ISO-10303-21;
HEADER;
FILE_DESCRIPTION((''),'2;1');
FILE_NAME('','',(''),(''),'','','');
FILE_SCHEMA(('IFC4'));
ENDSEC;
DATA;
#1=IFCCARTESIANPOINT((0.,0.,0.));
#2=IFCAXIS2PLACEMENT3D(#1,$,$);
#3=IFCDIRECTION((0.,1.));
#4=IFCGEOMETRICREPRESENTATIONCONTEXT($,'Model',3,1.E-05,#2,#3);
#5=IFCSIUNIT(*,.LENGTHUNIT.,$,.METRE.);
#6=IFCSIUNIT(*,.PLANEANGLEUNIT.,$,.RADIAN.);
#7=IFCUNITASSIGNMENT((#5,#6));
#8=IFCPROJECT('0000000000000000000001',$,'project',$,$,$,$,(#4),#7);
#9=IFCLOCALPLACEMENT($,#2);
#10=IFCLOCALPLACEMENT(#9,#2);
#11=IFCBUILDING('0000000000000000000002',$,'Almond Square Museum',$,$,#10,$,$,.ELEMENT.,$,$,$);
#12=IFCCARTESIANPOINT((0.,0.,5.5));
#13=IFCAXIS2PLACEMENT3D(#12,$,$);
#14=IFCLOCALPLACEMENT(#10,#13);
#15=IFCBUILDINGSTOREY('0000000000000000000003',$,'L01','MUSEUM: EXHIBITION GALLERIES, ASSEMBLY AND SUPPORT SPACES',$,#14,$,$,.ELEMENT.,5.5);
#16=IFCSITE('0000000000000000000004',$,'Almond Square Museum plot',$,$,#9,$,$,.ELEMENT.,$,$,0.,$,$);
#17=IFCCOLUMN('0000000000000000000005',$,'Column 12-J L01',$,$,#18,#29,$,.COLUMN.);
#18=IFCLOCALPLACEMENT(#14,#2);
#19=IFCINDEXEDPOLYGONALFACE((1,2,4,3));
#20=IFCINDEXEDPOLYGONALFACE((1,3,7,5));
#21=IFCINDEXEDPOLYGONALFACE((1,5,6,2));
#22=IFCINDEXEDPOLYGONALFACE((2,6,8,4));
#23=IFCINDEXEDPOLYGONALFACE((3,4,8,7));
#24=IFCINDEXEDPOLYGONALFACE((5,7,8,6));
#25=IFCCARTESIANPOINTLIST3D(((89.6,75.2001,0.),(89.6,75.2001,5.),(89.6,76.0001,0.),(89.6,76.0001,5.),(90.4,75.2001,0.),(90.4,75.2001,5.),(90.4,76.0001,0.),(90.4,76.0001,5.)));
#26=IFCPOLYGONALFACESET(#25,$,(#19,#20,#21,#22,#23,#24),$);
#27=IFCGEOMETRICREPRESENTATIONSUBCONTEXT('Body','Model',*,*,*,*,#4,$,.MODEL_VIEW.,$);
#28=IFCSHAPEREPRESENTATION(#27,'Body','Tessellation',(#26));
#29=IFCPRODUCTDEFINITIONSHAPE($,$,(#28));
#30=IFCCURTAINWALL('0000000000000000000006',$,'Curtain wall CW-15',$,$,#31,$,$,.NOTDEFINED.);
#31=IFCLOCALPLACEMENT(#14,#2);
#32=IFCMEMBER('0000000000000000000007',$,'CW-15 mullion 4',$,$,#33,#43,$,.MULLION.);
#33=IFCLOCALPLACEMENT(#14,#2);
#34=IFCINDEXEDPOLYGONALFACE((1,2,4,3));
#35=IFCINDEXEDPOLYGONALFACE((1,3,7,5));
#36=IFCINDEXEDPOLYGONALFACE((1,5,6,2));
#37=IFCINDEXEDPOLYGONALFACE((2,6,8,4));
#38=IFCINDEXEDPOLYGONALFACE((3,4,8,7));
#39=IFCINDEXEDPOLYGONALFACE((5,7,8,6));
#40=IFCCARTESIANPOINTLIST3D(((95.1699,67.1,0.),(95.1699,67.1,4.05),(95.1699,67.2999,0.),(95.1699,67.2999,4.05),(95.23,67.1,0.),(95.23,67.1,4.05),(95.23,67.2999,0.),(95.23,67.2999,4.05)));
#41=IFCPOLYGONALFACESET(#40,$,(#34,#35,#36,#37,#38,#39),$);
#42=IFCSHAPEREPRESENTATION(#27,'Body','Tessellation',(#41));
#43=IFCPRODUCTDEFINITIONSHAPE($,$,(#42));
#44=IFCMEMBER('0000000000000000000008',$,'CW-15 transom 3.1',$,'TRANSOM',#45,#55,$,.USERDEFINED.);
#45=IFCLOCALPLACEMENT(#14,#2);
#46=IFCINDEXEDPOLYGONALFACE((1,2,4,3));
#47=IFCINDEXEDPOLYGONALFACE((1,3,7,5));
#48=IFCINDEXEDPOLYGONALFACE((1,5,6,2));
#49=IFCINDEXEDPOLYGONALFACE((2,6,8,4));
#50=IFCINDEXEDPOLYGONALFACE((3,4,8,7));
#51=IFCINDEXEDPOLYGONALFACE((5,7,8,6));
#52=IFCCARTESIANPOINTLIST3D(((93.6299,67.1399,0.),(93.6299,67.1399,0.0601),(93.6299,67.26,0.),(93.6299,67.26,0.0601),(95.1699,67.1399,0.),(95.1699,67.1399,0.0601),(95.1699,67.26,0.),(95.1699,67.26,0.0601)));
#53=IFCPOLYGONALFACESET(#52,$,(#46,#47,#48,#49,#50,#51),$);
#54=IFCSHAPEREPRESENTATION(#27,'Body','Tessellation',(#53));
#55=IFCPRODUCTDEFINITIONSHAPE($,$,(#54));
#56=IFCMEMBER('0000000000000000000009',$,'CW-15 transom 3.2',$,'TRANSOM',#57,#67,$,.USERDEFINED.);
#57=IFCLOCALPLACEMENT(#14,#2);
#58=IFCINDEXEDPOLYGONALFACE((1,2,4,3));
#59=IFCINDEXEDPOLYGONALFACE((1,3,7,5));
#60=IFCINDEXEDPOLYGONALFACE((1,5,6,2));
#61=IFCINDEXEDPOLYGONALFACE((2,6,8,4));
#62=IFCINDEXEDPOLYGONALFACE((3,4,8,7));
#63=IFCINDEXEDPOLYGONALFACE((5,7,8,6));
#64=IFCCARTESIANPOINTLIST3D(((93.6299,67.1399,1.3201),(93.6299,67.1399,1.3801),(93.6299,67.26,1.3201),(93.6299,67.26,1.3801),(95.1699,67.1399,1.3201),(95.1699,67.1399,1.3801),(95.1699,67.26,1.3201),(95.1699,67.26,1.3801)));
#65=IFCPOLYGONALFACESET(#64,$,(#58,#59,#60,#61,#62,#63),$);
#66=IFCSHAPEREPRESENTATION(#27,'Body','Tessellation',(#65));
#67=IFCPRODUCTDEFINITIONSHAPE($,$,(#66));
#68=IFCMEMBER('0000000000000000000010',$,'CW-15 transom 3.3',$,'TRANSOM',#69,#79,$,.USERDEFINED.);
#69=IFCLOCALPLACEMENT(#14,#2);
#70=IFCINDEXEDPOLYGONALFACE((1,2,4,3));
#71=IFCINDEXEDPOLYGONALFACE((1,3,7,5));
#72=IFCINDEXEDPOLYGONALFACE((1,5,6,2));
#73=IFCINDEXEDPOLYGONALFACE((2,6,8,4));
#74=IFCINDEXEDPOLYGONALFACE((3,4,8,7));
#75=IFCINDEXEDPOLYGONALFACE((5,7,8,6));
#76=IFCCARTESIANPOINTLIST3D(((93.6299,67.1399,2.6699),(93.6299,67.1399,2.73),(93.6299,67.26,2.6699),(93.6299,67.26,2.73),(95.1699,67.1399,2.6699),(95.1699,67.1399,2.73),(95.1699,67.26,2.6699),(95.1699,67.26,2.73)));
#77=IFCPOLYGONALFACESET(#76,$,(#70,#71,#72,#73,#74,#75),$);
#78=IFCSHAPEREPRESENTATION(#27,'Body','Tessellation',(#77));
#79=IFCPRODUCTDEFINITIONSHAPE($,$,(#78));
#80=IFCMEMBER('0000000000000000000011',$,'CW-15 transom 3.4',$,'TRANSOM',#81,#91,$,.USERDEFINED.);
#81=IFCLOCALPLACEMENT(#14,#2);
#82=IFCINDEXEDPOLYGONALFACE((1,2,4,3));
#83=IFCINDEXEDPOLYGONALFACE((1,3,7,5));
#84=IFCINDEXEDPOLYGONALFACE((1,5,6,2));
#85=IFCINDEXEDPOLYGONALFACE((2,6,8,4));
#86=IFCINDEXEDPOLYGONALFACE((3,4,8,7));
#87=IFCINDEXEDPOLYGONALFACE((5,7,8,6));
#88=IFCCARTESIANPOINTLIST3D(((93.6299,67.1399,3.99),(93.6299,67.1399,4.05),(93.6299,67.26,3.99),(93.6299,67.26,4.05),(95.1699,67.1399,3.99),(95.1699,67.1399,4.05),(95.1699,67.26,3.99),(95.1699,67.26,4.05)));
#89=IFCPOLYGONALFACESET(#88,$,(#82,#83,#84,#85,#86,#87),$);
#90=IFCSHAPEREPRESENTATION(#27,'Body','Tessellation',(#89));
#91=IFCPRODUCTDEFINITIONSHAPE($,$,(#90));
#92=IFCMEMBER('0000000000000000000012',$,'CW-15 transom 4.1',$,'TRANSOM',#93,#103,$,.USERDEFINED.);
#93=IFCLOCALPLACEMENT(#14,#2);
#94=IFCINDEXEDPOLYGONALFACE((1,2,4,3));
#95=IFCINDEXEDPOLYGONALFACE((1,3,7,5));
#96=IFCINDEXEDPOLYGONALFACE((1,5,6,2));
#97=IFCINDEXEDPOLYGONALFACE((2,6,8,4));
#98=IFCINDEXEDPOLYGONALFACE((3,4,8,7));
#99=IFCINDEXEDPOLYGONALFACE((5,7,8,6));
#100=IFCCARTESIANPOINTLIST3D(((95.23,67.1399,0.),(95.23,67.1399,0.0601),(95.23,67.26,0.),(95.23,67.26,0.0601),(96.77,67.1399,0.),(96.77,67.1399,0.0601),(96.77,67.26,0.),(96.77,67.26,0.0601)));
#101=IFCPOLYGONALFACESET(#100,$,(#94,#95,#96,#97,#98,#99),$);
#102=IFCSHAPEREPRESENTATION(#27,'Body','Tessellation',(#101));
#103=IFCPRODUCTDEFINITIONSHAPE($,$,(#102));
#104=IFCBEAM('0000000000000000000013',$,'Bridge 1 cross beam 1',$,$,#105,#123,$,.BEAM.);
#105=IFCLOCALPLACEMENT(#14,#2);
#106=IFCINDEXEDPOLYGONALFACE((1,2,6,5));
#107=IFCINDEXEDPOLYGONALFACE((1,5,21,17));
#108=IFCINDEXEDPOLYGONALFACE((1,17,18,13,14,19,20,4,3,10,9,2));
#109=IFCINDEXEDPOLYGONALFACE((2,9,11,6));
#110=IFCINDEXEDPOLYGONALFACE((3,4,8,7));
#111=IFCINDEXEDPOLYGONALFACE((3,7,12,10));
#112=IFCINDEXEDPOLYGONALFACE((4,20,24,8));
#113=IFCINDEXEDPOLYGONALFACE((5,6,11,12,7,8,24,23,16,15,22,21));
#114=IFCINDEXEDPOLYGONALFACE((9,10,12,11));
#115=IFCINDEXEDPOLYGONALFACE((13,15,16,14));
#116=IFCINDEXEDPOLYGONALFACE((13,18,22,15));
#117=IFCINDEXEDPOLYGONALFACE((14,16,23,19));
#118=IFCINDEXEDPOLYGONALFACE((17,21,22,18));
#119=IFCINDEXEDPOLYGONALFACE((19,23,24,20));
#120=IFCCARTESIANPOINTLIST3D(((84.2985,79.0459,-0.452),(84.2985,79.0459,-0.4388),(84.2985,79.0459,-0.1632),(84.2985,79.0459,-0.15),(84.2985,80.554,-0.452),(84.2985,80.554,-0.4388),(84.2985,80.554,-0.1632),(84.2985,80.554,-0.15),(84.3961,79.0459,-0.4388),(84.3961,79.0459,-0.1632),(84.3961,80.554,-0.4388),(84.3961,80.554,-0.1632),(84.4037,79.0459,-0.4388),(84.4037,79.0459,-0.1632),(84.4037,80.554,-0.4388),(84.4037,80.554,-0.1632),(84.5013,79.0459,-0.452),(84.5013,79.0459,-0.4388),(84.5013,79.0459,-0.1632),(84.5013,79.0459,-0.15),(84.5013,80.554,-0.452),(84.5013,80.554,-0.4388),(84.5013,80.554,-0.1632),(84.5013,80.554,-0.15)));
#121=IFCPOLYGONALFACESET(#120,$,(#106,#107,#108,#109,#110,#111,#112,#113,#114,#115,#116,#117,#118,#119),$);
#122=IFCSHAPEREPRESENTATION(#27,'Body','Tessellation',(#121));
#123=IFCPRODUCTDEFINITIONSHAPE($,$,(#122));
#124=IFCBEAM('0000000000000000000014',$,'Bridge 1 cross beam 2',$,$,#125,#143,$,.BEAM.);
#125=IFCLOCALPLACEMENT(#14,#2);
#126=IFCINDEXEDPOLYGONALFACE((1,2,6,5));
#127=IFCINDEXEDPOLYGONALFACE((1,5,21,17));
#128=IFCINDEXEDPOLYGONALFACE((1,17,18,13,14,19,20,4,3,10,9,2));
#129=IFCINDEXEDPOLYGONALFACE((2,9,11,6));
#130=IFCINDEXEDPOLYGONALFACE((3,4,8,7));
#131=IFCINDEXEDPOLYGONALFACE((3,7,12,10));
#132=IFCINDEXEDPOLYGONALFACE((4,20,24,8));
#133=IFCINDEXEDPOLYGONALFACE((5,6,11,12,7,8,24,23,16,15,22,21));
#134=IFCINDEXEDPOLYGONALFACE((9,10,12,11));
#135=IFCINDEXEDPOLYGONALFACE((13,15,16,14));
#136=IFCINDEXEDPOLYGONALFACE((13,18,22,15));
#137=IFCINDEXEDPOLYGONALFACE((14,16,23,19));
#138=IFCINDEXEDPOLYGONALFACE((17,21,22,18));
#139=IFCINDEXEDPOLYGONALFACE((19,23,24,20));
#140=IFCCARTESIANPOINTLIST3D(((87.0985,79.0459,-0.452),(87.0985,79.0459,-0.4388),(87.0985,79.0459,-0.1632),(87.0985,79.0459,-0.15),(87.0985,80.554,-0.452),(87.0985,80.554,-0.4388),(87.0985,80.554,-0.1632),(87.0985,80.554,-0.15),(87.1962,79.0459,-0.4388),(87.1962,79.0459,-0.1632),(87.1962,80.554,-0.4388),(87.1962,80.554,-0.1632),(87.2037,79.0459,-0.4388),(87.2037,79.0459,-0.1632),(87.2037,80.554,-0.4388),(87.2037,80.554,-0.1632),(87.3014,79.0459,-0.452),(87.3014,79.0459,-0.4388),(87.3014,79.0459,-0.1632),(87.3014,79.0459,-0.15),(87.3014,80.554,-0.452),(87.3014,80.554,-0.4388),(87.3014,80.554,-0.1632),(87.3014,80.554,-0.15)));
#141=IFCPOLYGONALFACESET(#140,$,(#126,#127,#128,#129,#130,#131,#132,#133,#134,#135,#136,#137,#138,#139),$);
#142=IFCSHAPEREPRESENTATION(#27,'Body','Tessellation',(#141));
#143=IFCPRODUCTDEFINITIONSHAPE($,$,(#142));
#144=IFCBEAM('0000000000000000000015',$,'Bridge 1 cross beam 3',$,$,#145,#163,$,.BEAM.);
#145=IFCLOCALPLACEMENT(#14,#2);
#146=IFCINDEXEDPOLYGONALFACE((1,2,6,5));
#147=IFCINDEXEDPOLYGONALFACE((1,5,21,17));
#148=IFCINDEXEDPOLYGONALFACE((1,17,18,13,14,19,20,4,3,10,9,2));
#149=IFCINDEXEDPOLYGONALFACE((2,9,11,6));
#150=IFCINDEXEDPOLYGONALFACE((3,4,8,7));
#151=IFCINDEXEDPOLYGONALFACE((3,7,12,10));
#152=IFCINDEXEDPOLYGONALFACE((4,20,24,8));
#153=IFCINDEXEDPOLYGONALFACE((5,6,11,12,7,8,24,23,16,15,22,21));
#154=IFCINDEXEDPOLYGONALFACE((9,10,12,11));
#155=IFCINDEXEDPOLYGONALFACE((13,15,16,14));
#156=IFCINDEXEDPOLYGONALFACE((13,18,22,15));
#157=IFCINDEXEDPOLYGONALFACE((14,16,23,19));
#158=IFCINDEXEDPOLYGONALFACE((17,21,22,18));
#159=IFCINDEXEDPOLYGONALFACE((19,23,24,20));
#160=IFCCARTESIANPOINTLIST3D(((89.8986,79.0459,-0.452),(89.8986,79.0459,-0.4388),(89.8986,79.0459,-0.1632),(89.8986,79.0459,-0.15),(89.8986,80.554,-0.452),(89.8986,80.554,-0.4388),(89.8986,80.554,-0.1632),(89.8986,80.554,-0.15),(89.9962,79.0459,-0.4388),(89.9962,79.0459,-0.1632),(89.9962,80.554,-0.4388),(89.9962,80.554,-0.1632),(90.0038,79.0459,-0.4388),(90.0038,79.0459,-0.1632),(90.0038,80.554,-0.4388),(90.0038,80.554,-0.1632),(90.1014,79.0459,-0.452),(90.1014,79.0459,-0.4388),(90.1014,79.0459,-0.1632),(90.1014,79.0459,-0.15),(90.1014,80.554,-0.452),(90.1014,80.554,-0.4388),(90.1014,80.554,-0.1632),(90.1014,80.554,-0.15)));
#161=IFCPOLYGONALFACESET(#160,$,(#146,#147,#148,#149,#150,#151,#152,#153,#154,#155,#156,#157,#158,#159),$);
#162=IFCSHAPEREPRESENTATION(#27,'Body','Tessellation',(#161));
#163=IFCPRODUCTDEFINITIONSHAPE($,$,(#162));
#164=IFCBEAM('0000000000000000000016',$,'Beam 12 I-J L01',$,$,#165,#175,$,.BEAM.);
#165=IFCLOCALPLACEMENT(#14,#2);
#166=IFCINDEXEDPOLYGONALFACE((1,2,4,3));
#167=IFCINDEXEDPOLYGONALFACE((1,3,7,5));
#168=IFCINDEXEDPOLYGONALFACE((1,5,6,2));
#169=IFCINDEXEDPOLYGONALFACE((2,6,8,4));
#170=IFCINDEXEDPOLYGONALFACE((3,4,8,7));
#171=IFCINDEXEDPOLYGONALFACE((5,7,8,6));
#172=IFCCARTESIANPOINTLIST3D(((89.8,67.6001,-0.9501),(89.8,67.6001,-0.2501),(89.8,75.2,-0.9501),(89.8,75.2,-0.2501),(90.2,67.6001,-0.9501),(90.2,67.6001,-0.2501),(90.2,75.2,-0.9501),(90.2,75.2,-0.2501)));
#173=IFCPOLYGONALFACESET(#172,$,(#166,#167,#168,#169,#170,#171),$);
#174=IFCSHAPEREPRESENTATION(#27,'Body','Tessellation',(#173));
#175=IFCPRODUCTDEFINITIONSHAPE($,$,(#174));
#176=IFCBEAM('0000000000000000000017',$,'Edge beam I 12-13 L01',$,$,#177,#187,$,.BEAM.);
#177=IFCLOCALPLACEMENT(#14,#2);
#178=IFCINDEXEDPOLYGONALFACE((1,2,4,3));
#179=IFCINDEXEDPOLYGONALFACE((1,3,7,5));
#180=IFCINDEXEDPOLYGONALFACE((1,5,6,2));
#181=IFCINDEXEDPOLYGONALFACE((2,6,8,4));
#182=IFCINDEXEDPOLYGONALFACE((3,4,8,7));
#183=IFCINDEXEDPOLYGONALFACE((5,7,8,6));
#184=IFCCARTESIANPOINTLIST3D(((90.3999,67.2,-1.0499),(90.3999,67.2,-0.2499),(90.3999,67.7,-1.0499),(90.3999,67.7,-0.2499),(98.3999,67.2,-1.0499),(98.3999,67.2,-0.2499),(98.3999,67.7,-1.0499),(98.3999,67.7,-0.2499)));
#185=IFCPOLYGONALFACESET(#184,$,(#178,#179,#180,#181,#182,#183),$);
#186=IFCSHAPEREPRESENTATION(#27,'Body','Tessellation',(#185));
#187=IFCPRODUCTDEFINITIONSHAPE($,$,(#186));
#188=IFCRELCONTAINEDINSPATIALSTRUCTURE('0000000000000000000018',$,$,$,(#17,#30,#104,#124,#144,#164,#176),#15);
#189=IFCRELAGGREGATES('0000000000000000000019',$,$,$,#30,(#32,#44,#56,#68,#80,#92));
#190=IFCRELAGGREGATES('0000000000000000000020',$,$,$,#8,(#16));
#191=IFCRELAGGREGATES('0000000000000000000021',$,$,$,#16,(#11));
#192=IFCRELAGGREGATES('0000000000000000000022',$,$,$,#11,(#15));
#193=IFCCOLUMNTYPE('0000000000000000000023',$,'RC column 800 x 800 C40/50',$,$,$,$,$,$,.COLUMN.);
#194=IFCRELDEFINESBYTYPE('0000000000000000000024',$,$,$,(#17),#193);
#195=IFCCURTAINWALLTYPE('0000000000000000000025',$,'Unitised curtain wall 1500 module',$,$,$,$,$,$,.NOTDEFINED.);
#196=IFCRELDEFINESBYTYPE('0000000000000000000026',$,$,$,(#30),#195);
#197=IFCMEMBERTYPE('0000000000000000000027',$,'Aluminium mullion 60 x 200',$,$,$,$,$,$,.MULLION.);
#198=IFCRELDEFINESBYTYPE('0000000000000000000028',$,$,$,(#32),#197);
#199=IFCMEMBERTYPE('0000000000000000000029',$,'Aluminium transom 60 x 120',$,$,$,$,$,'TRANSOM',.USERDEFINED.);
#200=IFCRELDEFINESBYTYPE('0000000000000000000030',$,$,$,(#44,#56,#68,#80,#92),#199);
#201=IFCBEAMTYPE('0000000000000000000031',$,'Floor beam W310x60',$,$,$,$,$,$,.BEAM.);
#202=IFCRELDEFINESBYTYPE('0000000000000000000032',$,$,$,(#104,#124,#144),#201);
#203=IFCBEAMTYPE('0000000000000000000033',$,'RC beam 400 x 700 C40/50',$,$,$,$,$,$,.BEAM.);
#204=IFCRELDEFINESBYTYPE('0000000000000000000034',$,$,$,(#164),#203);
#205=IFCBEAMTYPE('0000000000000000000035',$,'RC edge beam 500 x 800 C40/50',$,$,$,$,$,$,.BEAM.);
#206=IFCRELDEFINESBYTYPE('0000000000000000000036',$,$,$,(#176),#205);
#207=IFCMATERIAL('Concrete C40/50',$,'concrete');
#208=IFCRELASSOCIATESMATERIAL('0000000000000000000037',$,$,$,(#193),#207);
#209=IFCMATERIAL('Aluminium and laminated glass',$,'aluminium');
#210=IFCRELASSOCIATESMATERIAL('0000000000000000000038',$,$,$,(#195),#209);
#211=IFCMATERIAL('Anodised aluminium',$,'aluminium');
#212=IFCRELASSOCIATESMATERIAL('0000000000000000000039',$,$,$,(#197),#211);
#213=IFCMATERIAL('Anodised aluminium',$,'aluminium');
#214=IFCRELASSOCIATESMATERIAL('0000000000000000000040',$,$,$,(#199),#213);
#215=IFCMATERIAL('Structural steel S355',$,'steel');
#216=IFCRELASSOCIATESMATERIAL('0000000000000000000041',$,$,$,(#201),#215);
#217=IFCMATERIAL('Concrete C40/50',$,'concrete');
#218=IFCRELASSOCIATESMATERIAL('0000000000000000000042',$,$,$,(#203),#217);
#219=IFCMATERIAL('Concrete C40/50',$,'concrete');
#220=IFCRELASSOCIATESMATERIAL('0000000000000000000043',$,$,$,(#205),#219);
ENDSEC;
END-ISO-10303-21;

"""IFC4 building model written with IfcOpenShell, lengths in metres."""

from ifc_helpers import new_model, si_unit, direction, frame, origin, origin_2d, place, context, subcontext, project, spatial, rectangle, i_section, extrude, material, material_profile, profile_set, type_object, element, aggregate, save


model = new_model("IFC4")

# Units and contexts
model_context = context("Model", 3, precision=1e-05, world=origin(), true_north=direction((0.0, 1.0)))
body_context = subcontext(model_context, "Body", "Model", "MODEL_VIEW")
ifc_project = project(units=[si_unit("LENGTHUNIT", "METRE"), si_unit("PLANEANGLEUNIT", "RADIAN")], contexts=[model_context])

# Site, building, storey
site_placement = place(None, origin())
site = spatial("IfcSite", under=ifc_project, at=site_placement, Name="Almond Square Museum plot", CompositionType="ELEMENT", RefElevation=0.0)
building_placement = place(site_placement, origin())
building = spatial("IfcBuilding", under=site, at=building_placement, Name="Almond Square Museum", CompositionType="ELEMENT")
storey_placement = place(building_placement, frame((0.0, 0.0, 5.5)))
storey = spatial("IfcBuildingStorey", under=building, at=storey_placement, Name="L01", Description="MUSEUM: EXHIBITION GALLERIES, ASSEMBLY AND SUPPORT SPACES", CompositionType="ELEMENT", Elevation=5.5)

# Column
ifc_material_1 = material(Name="Concrete C40/50", Category="concrete")
ifc_material_profile_1 = material_profile(ifc_material_1, rectangle(XDim=0.8, YDim=0.8, at=origin_2d()))
ifc_profile_set_1 = profile_set([ifc_material_profile_1], Name="Concrete C40/50")
column_type = type_object("IfcColumnType", Name="RC column 800 x 800 C40/50", PredefinedType="COLUMN", material=ifc_profile_set_1)
column_placement = place(storey_placement, frame((90.0, 75.6001, 0.0), z_axis=(0.0, 0.0, 1.0), x_axis=(1.0, 0.0, 0.0)))
element("IfcColumn", 1, at=column_placement, inside=storey, type_object=column_type, Name="Column 12-J L01", PredefinedType="COLUMN", context=body_context, shape_type="SweptSolid", body=[
    extrude(rectangle(XDim=0.8, YDim=0.8, at=origin_2d()), origin(), (0.0, 0.0, 1.0), 5.0),
])

# Curtain wall, members
ifc_material_2 = material(Name="Aluminium and laminated glass", Category="aluminium")
curtain_wall_type = type_object("IfcCurtainWallType", Name="Unitised curtain wall 1500 module", PredefinedType="NOTDEFINED", material=ifc_material_2)
curtain_wall_placement = place(storey_placement, origin())
curtain_wall = element("IfcCurtainWall", 2, at=curtain_wall_placement, inside=storey, type_object=curtain_wall_type, Name="Curtain wall CW-15", PredefinedType="NOTDEFINED")
ifc_material_3 = material(Name="Anodised aluminium", Category="aluminium")
ifc_material_profile_2 = material_profile(ifc_material_3, rectangle(XDim=0.2, YDim=0.0601, at=origin_2d()))
ifc_profile_set_2 = profile_set([ifc_material_profile_2], Name="Anodised aluminium")
member_type_1 = type_object("IfcMemberType", Name="Aluminium mullion 60 x 200", PredefinedType="MULLION", material=ifc_profile_set_2)
member_1_placement = place(storey_placement, frame((95.2, 67.2, 0.0), z_axis=(0.0, 0.0, 1.0), x_axis=(0.0, 1.0, 0.0)))
member_1 = element("IfcMember", 3, at=member_1_placement, type_object=member_type_1, Name="CW-15 mullion 4", PredefinedType="MULLION", context=body_context, shape_type="SweptSolid", body=[
    extrude(rectangle(XDim=0.2, YDim=0.0601, at=origin_2d()), origin(), (0.0, 0.0, 1.0), 4.05),
])
ifc_material_4 = material(Name="Anodised aluminium", Category="aluminium")
ifc_material_profile_3 = material_profile(ifc_material_4, rectangle(XDim=0.1201, YDim=0.0601, at=origin_2d()))
ifc_profile_set_3 = profile_set([ifc_material_profile_3], Name="Anodised aluminium")
member_type_2 = type_object("IfcMemberType", Name="Aluminium transom 60 x 120", ElementType="TRANSOM", PredefinedType="USERDEFINED", material=ifc_profile_set_3)
member_2_placement = place(storey_placement, frame((93.6299, 67.2, 0.03), z_axis=(1.0, 0.0, 0.0), x_axis=(0.0, 1.0, 0.0)))
member_2 = element("IfcMember", 4, at=member_2_placement, type_object=member_type_2, Name="CW-15 transom 3.1", ObjectType="TRANSOM", PredefinedType="USERDEFINED", context=body_context, shape_type="SweptSolid", body=[
    extrude(rectangle(XDim=0.1201, YDim=0.0601, at=origin_2d()), origin(), (0.0, 0.0, 1.0), 1.54),
])
member_3_placement = place(storey_placement, frame((93.6299, 67.2, 1.3501), z_axis=(1.0, 0.0, 0.0), x_axis=(0.0, 1.0, 0.0)))
member_3 = element("IfcMember", 5, at=member_3_placement, type_object=member_type_2, Name="CW-15 transom 3.2", ObjectType="TRANSOM", PredefinedType="USERDEFINED", context=body_context, shape_type="SweptSolid", body=[
    extrude(rectangle(XDim=0.1201, YDim=0.0601, at=origin_2d()), origin(), (0.0, 0.0, 1.0), 1.54),
])
member_4_placement = place(storey_placement, frame((93.6299, 67.2, 2.7), z_axis=(1.0, 0.0, 0.0), x_axis=(0.0, 1.0, 0.0)))
member_4 = element("IfcMember", 6, at=member_4_placement, type_object=member_type_2, Name="CW-15 transom 3.3", ObjectType="TRANSOM", PredefinedType="USERDEFINED", context=body_context, shape_type="SweptSolid", body=[
    extrude(rectangle(XDim=0.1201, YDim=0.0601, at=origin_2d()), origin(), (0.0, 0.0, 1.0), 1.54),
])
member_5_placement = place(storey_placement, frame((93.6299, 67.2, 4.02), z_axis=(1.0, 0.0, 0.0), x_axis=(0.0, 1.0, 0.0)))
member_5 = element("IfcMember", 7, at=member_5_placement, type_object=member_type_2, Name="CW-15 transom 3.4", ObjectType="TRANSOM", PredefinedType="USERDEFINED", context=body_context, shape_type="SweptSolid", body=[
    extrude(rectangle(XDim=0.1201, YDim=0.0601, at=origin_2d()), origin(), (0.0, 0.0, 1.0), 1.54),
])
member_6_placement = place(storey_placement, frame((95.23, 67.2, 0.03), z_axis=(1.0, 0.0, 0.0), x_axis=(0.0, 1.0, 0.0)))
member_6 = element("IfcMember", 8, at=member_6_placement, type_object=member_type_2, Name="CW-15 transom 4.1", ObjectType="TRANSOM", PredefinedType="USERDEFINED", context=body_context, shape_type="SweptSolid", body=[
    extrude(rectangle(XDim=0.1201, YDim=0.0601, at=origin_2d()), origin(), (0.0, 0.0, 1.0), 1.54),
])

# Beams
ifc_material_5 = material(Name="Structural steel S355", Category="steel")
ifc_material_profile_4 = material_profile(ifc_material_5, i_section(OverallWidth=0.2029, OverallDepth=0.302, WebThickness=0.0076, FlangeThickness=0.0132, at=origin_2d()))
ifc_profile_set_4 = profile_set([ifc_material_profile_4], Name="Structural steel S355")
beam_type_1 = type_object("IfcBeamType", Name="Floor beam W310x60", PredefinedType="BEAM", material=ifc_profile_set_4)
for number, where, z_axis, x_axis, name in (
    (9, (84.3999, 79.0459, -0.301), (0.0, 1.0, 0.0), (-1.0, 0.0, 0.0), "Bridge 1 cross beam 1"),
    (10, (87.2, 79.0459, -0.301), (0.0, 1.0, 0.0), (-1.0, 0.0, 0.0), "Bridge 1 cross beam 2"),
    (11, (90.0, 79.0459, -0.301), (0.0, 1.0, 0.0), (-1.0, 0.0, 0.0), "Bridge 1 cross beam 3"),
):
    element("IfcBeam", number, at=place(storey_placement, frame(where, z_axis=z_axis, x_axis=x_axis)), inside=storey, type_object=beam_type_1, Name=name, PredefinedType="BEAM", context=body_context, shape_type="SweptSolid", body=[
        extrude(i_section(OverallWidth=0.2029, OverallDepth=0.302, WebThickness=0.0076, FlangeThickness=0.0132, at=origin_2d()), origin(), (0.0, 0.0, 1.0), 1.5081),
    ])
ifc_material_6 = material(Name="Concrete C40/50", Category="concrete")
ifc_material_profile_5 = material_profile(ifc_material_6, rectangle(XDim=0.3999, YDim=0.7, at=origin_2d()))
ifc_profile_set_5 = profile_set([ifc_material_profile_5], Name="Concrete C40/50")
beam_type_2 = type_object("IfcBeamType", Name="RC beam 400 x 700 C40/50", PredefinedType="BEAM", material=ifc_profile_set_5)
beam_1_placement = place(storey_placement, frame((90.0, 67.6001, -0.6001), z_axis=(0.0, 1.0, 0.0), x_axis=(-1.0, 0.0, 0.0)))
element("IfcBeam", 12, at=beam_1_placement, inside=storey, type_object=beam_type_2, Name="Beam 12 I-J L01", PredefinedType="BEAM", context=body_context, shape_type="SweptSolid", body=[
    extrude(rectangle(XDim=0.3999, YDim=0.7, at=origin_2d()), origin(), (0.0, 0.0, 1.0), 7.5999),
])
ifc_material_7 = material(Name="Concrete C40/50", Category="concrete")
ifc_material_profile_6 = material_profile(ifc_material_7, rectangle(XDim=0.5, YDim=0.8, at=origin_2d()))
ifc_profile_set_6 = profile_set([ifc_material_profile_6], Name="Concrete C40/50")
beam_type_3 = type_object("IfcBeamType", Name="RC edge beam 500 x 800 C40/50", PredefinedType="BEAM", material=ifc_profile_set_6)
beam_2_placement = place(storey_placement, frame((90.3999, 67.45, -0.6499), z_axis=(1.0, 0.0, 0.0), x_axis=(0.0, 1.0, 0.0)))
element("IfcBeam", 13, at=beam_2_placement, inside=storey, type_object=beam_type_3, Name="Edge beam I 12-13 L01", PredefinedType="BEAM", context=body_context, shape_type="SweptSolid", body=[
    extrude(rectangle(XDim=0.5, YDim=0.8, at=origin_2d()), origin(), (0.0, 0.0, 1.0), 8.0),
])

aggregate(curtain_wall, [member_1, member_2, member_3, member_4, member_5, member_6])

save(model, "model.ifc")
